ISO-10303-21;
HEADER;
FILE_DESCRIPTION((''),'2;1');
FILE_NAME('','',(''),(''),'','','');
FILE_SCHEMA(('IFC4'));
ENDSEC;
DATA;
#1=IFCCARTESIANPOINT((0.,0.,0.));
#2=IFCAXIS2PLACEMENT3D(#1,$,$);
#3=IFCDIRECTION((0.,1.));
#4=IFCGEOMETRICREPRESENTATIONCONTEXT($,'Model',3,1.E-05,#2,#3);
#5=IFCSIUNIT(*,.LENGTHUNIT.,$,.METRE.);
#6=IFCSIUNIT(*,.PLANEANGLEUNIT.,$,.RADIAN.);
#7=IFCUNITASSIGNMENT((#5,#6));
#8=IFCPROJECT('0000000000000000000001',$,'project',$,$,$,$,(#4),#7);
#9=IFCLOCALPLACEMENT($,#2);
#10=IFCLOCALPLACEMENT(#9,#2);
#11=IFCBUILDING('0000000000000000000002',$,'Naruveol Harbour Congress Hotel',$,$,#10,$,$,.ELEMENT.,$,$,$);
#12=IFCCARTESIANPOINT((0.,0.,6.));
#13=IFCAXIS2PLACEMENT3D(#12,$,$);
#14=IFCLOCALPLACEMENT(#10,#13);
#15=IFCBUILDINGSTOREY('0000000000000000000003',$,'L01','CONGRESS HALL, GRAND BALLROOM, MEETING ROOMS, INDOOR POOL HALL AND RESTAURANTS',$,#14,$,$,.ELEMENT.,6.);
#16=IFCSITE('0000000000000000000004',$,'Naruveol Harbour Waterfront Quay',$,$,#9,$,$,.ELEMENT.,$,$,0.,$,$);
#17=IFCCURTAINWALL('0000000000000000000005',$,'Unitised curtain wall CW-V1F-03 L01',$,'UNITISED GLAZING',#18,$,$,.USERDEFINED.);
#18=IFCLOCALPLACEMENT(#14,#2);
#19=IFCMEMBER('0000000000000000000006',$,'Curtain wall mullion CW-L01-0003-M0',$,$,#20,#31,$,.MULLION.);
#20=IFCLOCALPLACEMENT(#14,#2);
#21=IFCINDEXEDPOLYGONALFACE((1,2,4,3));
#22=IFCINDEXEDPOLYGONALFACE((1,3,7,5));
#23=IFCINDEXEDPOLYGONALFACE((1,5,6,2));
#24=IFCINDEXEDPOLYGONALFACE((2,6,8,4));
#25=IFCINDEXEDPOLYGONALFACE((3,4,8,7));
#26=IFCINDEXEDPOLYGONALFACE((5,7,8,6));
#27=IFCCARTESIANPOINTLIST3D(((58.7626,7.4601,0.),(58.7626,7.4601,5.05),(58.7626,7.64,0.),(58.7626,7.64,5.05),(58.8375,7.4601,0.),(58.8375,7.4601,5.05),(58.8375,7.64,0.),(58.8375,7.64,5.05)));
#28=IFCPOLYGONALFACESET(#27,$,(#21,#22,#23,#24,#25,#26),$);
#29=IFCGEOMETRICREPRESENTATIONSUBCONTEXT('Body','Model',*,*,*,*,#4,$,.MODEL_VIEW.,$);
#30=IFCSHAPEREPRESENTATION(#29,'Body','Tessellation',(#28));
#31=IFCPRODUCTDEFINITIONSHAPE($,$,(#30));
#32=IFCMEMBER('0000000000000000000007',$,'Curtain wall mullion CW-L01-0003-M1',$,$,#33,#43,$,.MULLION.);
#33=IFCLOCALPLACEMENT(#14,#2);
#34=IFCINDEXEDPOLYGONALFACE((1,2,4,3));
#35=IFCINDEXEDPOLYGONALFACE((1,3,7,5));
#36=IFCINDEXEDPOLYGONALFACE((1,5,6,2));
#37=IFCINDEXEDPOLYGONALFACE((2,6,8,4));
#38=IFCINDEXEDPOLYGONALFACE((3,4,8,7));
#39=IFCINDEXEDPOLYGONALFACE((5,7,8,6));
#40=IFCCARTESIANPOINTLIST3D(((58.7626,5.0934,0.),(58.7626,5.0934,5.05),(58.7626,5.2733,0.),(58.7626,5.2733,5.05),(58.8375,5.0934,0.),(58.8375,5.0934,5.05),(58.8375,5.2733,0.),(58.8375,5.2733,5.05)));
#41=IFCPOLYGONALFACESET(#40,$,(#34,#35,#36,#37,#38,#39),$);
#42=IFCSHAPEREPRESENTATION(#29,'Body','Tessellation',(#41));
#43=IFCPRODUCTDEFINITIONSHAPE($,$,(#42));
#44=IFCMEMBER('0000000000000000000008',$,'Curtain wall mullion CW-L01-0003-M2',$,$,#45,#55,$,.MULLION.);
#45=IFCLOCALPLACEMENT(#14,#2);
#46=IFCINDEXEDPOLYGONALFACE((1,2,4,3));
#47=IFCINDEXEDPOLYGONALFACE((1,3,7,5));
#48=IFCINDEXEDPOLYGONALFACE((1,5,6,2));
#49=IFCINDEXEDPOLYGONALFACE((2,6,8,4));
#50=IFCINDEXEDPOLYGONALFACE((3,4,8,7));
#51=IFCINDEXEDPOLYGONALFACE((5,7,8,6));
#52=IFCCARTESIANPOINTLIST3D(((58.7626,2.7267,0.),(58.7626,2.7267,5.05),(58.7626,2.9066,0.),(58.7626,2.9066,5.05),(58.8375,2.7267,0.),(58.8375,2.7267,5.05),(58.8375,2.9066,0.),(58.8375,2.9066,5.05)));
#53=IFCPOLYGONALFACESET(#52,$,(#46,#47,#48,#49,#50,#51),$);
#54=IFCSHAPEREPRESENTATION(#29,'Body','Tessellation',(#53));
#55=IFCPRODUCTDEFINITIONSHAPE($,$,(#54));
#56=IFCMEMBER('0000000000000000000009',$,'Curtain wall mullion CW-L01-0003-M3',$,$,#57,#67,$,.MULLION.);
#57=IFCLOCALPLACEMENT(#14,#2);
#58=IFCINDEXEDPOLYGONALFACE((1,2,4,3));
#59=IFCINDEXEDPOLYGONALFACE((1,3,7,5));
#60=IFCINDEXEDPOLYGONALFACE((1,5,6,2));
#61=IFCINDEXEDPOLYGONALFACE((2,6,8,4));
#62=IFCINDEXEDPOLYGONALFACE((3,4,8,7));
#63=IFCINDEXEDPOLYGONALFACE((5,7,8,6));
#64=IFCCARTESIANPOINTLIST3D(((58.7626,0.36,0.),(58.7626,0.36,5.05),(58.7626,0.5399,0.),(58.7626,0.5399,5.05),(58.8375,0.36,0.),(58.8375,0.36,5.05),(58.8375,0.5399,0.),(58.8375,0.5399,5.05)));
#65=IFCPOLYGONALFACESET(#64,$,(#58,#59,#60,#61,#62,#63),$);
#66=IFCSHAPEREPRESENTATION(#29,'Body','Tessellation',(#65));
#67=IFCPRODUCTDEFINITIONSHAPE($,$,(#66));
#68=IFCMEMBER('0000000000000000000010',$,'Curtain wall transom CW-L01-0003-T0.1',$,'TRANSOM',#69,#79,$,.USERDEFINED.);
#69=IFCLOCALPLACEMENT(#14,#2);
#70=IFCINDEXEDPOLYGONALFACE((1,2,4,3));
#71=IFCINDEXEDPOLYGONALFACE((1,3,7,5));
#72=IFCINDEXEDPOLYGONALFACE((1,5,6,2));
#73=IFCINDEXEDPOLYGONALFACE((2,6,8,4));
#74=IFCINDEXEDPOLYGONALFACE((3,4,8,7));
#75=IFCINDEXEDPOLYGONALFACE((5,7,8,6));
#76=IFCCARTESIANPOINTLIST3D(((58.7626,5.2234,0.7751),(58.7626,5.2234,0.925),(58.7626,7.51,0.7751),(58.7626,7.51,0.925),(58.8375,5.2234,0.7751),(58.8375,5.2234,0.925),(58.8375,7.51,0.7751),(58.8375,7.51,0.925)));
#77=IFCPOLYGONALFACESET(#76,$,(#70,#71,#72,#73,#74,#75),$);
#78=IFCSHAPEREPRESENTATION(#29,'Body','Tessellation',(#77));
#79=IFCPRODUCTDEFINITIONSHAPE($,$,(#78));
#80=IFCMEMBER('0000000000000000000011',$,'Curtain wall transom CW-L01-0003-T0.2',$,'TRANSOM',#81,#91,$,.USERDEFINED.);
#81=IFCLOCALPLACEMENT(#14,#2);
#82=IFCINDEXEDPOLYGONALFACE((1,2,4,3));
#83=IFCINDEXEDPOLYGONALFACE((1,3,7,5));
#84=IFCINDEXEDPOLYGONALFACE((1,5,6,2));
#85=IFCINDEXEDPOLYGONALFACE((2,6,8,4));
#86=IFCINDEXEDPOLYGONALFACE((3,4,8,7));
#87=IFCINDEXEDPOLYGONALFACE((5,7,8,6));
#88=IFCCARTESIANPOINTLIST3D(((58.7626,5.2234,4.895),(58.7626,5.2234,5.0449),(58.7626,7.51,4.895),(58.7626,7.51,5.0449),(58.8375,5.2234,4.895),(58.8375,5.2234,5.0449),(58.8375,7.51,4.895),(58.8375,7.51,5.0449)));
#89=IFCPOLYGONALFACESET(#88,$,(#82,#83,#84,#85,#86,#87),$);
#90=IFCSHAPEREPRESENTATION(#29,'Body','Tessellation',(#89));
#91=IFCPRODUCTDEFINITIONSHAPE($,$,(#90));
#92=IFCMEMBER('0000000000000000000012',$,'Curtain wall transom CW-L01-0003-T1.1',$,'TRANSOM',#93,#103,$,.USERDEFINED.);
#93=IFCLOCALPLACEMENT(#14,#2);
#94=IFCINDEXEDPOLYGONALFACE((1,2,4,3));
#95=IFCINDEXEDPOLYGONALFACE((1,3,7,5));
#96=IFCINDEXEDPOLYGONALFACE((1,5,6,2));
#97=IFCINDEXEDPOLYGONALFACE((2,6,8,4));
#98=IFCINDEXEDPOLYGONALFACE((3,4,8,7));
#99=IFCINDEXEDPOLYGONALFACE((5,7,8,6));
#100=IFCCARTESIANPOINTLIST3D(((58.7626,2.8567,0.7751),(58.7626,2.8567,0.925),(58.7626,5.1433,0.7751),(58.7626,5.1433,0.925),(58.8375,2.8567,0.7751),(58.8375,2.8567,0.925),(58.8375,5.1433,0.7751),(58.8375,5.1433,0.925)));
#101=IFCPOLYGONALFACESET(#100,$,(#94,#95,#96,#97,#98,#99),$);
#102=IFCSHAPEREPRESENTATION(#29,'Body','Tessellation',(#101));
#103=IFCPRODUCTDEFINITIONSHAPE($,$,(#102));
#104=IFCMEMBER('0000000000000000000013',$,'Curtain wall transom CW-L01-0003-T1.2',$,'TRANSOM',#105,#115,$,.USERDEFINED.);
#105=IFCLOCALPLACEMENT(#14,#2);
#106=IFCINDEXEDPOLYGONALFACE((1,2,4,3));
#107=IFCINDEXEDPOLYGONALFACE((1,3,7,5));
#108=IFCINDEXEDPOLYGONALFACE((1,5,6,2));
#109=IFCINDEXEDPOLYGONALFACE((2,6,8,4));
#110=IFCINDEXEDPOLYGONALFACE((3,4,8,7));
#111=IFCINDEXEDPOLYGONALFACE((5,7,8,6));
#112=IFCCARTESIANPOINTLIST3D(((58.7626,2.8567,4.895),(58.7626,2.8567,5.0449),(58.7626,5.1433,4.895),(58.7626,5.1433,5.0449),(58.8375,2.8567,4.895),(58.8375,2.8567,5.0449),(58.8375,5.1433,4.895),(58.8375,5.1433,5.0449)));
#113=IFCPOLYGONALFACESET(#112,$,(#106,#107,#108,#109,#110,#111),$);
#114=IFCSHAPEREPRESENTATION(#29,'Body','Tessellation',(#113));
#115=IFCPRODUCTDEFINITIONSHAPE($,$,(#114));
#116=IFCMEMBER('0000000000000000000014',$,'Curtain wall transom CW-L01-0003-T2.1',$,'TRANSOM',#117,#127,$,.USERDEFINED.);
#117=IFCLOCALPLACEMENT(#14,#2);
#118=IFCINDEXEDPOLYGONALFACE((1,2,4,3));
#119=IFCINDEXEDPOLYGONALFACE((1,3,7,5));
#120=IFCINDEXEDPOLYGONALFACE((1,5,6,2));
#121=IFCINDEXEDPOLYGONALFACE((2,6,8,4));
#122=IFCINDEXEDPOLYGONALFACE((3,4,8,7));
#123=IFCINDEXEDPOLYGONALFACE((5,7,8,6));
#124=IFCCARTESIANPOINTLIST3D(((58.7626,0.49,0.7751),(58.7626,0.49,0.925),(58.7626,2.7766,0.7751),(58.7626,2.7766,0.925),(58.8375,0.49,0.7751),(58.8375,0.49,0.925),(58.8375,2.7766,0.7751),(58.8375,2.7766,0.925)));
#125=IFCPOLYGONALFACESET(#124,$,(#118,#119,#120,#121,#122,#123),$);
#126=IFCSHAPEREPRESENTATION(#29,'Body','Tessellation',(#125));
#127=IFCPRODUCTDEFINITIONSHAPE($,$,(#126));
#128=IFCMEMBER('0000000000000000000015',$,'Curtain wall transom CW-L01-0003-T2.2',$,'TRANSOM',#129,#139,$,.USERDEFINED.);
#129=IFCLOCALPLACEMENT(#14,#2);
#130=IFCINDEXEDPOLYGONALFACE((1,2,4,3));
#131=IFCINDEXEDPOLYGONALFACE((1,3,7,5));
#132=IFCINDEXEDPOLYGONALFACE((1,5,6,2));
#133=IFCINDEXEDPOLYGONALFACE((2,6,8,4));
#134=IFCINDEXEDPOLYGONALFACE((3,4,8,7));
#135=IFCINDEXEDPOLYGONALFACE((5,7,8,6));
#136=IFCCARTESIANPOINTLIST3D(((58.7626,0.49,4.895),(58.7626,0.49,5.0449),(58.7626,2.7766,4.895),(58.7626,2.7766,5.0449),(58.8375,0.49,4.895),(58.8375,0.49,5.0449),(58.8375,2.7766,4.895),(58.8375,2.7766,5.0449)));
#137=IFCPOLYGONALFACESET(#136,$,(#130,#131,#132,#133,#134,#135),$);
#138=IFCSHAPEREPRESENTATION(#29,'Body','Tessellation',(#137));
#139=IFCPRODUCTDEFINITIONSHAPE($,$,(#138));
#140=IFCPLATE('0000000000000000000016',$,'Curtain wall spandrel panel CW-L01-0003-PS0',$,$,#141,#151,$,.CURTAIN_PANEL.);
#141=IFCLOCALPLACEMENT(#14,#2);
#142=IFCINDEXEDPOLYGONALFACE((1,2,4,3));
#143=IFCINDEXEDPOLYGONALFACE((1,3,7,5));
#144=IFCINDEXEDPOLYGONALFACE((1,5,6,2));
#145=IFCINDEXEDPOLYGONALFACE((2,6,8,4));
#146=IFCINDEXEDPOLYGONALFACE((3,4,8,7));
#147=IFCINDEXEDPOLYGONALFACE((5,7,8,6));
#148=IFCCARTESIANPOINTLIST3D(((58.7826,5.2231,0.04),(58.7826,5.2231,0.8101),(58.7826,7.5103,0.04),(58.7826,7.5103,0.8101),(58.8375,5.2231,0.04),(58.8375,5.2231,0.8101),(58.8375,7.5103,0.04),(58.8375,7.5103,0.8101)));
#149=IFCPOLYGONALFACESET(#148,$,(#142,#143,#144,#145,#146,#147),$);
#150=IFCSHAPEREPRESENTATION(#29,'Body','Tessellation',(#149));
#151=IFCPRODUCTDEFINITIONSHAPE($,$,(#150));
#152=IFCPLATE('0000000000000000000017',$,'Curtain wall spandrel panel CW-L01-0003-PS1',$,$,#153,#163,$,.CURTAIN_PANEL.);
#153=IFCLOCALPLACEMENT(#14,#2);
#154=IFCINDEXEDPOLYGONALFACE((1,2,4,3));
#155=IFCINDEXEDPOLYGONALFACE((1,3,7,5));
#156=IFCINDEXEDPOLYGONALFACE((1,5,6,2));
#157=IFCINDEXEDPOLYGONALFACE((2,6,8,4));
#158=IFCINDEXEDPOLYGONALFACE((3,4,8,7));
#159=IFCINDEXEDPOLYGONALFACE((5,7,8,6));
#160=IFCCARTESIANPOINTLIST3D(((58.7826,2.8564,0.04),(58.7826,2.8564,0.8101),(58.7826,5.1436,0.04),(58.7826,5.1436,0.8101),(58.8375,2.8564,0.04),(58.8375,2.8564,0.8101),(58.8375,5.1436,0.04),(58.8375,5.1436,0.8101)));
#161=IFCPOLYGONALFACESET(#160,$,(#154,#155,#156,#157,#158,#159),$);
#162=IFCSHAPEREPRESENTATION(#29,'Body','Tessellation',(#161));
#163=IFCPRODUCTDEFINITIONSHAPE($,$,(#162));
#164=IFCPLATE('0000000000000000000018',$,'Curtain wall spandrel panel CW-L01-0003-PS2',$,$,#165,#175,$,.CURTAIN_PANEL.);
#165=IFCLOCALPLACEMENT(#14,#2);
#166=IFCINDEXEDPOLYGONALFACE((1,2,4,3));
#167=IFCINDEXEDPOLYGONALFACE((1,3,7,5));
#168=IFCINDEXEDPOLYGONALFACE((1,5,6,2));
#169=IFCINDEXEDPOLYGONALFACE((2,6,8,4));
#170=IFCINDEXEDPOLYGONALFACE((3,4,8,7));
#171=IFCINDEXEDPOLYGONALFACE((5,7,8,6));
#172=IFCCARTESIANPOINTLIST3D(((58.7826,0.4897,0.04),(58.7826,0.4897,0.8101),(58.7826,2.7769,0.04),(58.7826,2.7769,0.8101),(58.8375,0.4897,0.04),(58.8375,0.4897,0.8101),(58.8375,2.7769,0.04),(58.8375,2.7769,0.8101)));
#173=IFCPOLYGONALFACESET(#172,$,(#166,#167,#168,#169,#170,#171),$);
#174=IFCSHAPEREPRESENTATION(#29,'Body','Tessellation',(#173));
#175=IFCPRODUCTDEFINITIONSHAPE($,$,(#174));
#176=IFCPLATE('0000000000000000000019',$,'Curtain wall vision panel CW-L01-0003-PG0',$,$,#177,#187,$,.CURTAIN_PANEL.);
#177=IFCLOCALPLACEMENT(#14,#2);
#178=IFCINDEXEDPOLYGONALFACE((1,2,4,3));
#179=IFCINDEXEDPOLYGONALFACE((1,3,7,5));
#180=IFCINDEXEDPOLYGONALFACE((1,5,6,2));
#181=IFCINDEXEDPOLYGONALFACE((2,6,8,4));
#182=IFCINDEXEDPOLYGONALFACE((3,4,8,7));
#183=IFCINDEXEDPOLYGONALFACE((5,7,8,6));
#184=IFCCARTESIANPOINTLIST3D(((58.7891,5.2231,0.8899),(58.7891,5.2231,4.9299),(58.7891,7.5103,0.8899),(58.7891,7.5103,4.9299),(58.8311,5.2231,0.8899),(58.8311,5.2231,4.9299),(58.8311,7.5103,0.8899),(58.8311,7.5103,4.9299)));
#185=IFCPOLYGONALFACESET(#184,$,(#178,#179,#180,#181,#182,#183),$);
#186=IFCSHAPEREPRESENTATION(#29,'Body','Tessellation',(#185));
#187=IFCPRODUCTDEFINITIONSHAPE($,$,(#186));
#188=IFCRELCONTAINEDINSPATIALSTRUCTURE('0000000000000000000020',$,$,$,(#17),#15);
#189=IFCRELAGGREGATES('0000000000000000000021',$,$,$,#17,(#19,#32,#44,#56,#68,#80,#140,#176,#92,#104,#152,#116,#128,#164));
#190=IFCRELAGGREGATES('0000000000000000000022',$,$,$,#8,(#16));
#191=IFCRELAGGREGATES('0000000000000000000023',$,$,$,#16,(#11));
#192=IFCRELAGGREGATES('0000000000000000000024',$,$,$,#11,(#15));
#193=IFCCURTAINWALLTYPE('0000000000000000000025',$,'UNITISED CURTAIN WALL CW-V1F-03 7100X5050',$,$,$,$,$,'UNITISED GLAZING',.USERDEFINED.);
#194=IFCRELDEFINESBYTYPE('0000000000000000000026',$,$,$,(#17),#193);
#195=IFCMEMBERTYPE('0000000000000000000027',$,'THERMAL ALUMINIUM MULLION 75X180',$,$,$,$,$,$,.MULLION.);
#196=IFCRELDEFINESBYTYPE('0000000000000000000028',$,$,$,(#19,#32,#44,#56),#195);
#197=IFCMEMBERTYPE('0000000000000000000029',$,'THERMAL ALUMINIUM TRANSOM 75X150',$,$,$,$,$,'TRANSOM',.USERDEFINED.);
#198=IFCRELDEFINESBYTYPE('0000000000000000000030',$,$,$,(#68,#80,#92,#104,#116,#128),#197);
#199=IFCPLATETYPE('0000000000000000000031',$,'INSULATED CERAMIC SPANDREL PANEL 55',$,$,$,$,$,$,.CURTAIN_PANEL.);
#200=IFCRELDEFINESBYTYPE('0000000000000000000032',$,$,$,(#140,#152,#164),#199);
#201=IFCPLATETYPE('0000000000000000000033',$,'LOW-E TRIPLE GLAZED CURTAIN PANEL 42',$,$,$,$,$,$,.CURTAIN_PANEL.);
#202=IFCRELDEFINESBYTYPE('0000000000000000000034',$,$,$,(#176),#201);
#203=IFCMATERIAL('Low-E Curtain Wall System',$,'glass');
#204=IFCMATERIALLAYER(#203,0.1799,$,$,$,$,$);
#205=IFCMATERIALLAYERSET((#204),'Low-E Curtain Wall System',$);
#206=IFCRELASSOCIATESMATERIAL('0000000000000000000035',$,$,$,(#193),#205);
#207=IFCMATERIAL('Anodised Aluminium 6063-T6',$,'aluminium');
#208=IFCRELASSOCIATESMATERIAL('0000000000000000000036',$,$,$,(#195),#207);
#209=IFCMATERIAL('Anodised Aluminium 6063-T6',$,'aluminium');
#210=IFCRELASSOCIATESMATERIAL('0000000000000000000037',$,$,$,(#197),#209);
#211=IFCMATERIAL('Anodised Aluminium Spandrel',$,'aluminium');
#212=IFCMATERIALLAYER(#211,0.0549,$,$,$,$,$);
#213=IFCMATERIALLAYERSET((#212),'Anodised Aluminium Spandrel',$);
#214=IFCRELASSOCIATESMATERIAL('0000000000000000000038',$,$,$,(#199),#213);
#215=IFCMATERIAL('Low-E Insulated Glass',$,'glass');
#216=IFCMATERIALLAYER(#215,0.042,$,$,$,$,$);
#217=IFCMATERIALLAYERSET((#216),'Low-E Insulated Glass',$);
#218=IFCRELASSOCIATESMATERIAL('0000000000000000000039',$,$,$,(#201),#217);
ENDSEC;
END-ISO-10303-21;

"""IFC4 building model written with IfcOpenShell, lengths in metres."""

from ifc_helpers import new_model, si_unit, direction, frame, origin, origin_2d, place, context, subcontext, project, spatial, rectangle, extrude, material, layer, layer_set, material_profile, profile_set, type_object, element, aggregate, save


model = new_model("IFC4")

# Units and contexts
model_context = context("Model", 3, precision=1e-05, world=origin(), true_north=direction((0.0, 1.0)))
body_context = subcontext(model_context, "Body", "Model", "MODEL_VIEW")
ifc_project = project(units=[si_unit("LENGTHUNIT", "METRE"), si_unit("PLANEANGLEUNIT", "RADIAN")], contexts=[model_context])

# Site, building, storey
site_placement = place(None, origin())
site = spatial("IfcSite", under=ifc_project, at=site_placement, Name="Naruveol Harbour Waterfront Quay", CompositionType="ELEMENT", RefElevation=0.0)
building_placement = place(site_placement, origin())
building = spatial("IfcBuilding", under=site, at=building_placement, Name="Naruveol Harbour Congress Hotel", CompositionType="ELEMENT")
storey_placement = place(building_placement, frame((0.0, 0.0, 6.0)))
storey = spatial("IfcBuildingStorey", under=building, at=storey_placement, Name="L01", Description="CONGRESS HALL, GRAND BALLROOM, MEETING ROOMS, INDOOR POOL HALL AND RESTAURANTS", CompositionType="ELEMENT", Elevation=6.0)

# Curtain wall, members, plates
ifc_material_1 = material(Name="Low-E Curtain Wall System", Category="glass")
ifc_layer_1 = layer(ifc_material_1, 0.1799)
ifc_layer_set_1 = layer_set([ifc_layer_1], Name="Low-E Curtain Wall System")
curtain_wall_type = type_object("IfcCurtainWallType", Name="UNITISED CURTAIN WALL CW-V1F-03 7100X5050", ElementType="UNITISED GLAZING", PredefinedType="USERDEFINED", material=ifc_layer_set_1)
curtain_wall_placement = place(storey_placement, origin())
curtain_wall = element("IfcCurtainWall", 1, at=curtain_wall_placement, inside=storey, type_object=curtain_wall_type, Name="Unitised curtain wall CW-V1F-03 L01", ObjectType="UNITISED GLAZING", PredefinedType="USERDEFINED")
ifc_material_2 = material(Name="Anodised Aluminium 6063-T6", Category="aluminium")
ifc_material_profile_1 = material_profile(ifc_material_2, rectangle(XDim=0.075, YDim=0.1799, at=origin_2d()), Name="ALU-75x180")
ifc_profile_set_1 = profile_set([ifc_material_profile_1], Name="Anodised Aluminium 6063-T6")
member_type_1 = type_object("IfcMemberType", Name="THERMAL ALUMINIUM MULLION 75X180", PredefinedType="MULLION", material=ifc_profile_set_1)
member_1_placement = place(storey_placement, frame((58.8, 7.55, 0.0), z_axis=(0.0, 0.0, 1.0), x_axis=(1.0, 0.0, 0.0)))
member_1 = element("IfcMember", 2, at=member_1_placement, type_object=member_type_1, Name="Curtain wall mullion CW-L01-0003-M0", PredefinedType="MULLION", context=body_context, shape_type="SweptSolid", body=[
    extrude(rectangle(XDim=0.075, YDim=0.1799, at=origin_2d()), origin(), (0.0, 0.0, 1.0), 5.05),
])
member_2_placement = place(storey_placement, frame((58.8, 5.1833, 0.0), z_axis=(0.0, 0.0, 1.0), x_axis=(1.0, 0.0, 0.0)))
member_2 = element("IfcMember", 3, at=member_2_placement, type_object=member_type_1, Name="Curtain wall mullion CW-L01-0003-M1", PredefinedType="MULLION", context=body_context, shape_type="SweptSolid", body=[
    extrude(rectangle(XDim=0.075, YDim=0.1799, at=origin_2d()), origin(), (0.0, 0.0, 1.0), 5.05),
])
member_3_placement = place(storey_placement, frame((58.8, 2.8167, 0.0), z_axis=(0.0, 0.0, 1.0), x_axis=(1.0, 0.0, 0.0)))
member_3 = element("IfcMember", 4, at=member_3_placement, type_object=member_type_1, Name="Curtain wall mullion CW-L01-0003-M2", PredefinedType="MULLION", context=body_context, shape_type="SweptSolid", body=[
    extrude(rectangle(XDim=0.075, YDim=0.1799, at=origin_2d()), origin(), (0.0, 0.0, 1.0), 5.05),
])
member_4_placement = place(storey_placement, frame((58.8, 0.45, 0.0), z_axis=(0.0, 0.0, 1.0), x_axis=(1.0, 0.0, 0.0)))
member_4 = element("IfcMember", 5, at=member_4_placement, type_object=member_type_1, Name="Curtain wall mullion CW-L01-0003-M3", PredefinedType="MULLION", context=body_context, shape_type="SweptSolid", body=[
    extrude(rectangle(XDim=0.075, YDim=0.1799, at=origin_2d()), origin(), (0.0, 0.0, 1.0), 5.05),
])
ifc_material_3 = material(Name="Anodised Aluminium 6063-T6", Category="aluminium")
ifc_material_profile_2 = material_profile(ifc_material_3, rectangle(XDim=0.075, YDim=0.1499, at=origin_2d()), Name="ALU-75x150")
ifc_profile_set_2 = profile_set([ifc_material_profile_2], Name="Anodised Aluminium 6063-T6")
member_type_2 = type_object("IfcMemberType", Name="THERMAL ALUMINIUM TRANSOM 75X150", ElementType="TRANSOM", PredefinedType="USERDEFINED", material=ifc_profile_set_2)
member_5_placement = place(storey_placement, frame((58.8, 7.51, 0.8501), z_axis=(0.0, -1.0, 0.0), x_axis=(1.0, 0.0, 0.0)))
member_5 = element("IfcMember", 6, at=member_5_placement, type_object=member_type_2, Name="Curtain wall transom CW-L01-0003-T0.1", ObjectType="TRANSOM", PredefinedType="USERDEFINED", context=body_context, shape_type="SweptSolid", body=[
    extrude(rectangle(XDim=0.075, YDim=0.1499, at=origin_2d()), origin(), (0.0, 0.0, 1.0), 2.2866),
])
member_6_placement = place(storey_placement, frame((58.8, 7.51, 4.97), z_axis=(0.0, -1.0, 0.0), x_axis=(1.0, 0.0, 0.0)))
member_6 = element("IfcMember", 7, at=member_6_placement, type_object=member_type_2, Name="Curtain wall transom CW-L01-0003-T0.2", ObjectType="TRANSOM", PredefinedType="USERDEFINED", context=body_context, shape_type="SweptSolid", body=[
    extrude(rectangle(XDim=0.075, YDim=0.1499, at=origin_2d()), origin(), (0.0, 0.0, 1.0), 2.2866),
])
member_7_placement = place(storey_placement, frame((58.8, 5.1433, 0.8501), z_axis=(0.0, -1.0, 0.0), x_axis=(1.0, 0.0, 0.0)))
member_7 = element("IfcMember", 8, at=member_7_placement, type_object=member_type_2, Name="Curtain wall transom CW-L01-0003-T1.1", ObjectType="TRANSOM", PredefinedType="USERDEFINED", context=body_context, shape_type="SweptSolid", body=[
    extrude(rectangle(XDim=0.075, YDim=0.1499, at=origin_2d()), origin(), (0.0, 0.0, 1.0), 2.2866),
])
member_8_placement = place(storey_placement, frame((58.8, 5.1433, 4.97), z_axis=(0.0, -1.0, 0.0), x_axis=(1.0, 0.0, 0.0)))
member_8 = element("IfcMember", 9, at=member_8_placement, type_object=member_type_2, Name="Curtain wall transom CW-L01-0003-T1.2", ObjectType="TRANSOM", PredefinedType="USERDEFINED", context=body_context, shape_type="SweptSolid", body=[
    extrude(rectangle(XDim=0.075, YDim=0.1499, at=origin_2d()), origin(), (0.0, 0.0, 1.0), 2.2866),
])
member_9_placement = place(storey_placement, frame((58.8, 2.7766, 0.8501), z_axis=(0.0, -1.0, 0.0), x_axis=(1.0, 0.0, 0.0)))
member_9 = element("IfcMember", 10, at=member_9_placement, type_object=member_type_2, Name="Curtain wall transom CW-L01-0003-T2.1", ObjectType="TRANSOM", PredefinedType="USERDEFINED", context=body_context, shape_type="SweptSolid", body=[
    extrude(rectangle(XDim=0.075, YDim=0.1499, at=origin_2d()), origin(), (0.0, 0.0, 1.0), 2.2866),
])
member_10_placement = place(storey_placement, frame((58.8, 2.7766, 4.97), z_axis=(0.0, -1.0, 0.0), x_axis=(1.0, 0.0, 0.0)))
member_10 = element("IfcMember", 11, at=member_10_placement, type_object=member_type_2, Name="Curtain wall transom CW-L01-0003-T2.2", ObjectType="TRANSOM", PredefinedType="USERDEFINED", context=body_context, shape_type="SweptSolid", body=[
    extrude(rectangle(XDim=0.075, YDim=0.1499, at=origin_2d()), origin(), (0.0, 0.0, 1.0), 2.2866),
])
ifc_material_4 = material(Name="Anodised Aluminium Spandrel", Category="aluminium")
ifc_layer_2 = layer(ifc_material_4, 0.0549)
ifc_layer_set_2 = layer_set([ifc_layer_2], Name="Anodised Aluminium Spandrel")
plate_type_1 = type_object("IfcPlateType", Name="INSULATED CERAMIC SPANDREL PANEL 55", PredefinedType="CURTAIN_PANEL", material=ifc_layer_set_2)
plate_1_placement = place(storey_placement, frame((58.8101, 6.3667, 0.04), z_axis=(0.0, 0.0, 1.0), x_axis=(0.0, -1.0, 0.0)))
plate_1 = element("IfcPlate", 12, at=plate_1_placement, type_object=plate_type_1, Name="Curtain wall spandrel panel CW-L01-0003-PS0", PredefinedType="CURTAIN_PANEL", context=body_context, shape_type="SweptSolid", body=[
    extrude(rectangle(XDim=2.2871, YDim=0.0549, at=origin_2d()), origin(), (0.0, 0.0, 1.0), 0.77),
])
plate_2_placement = place(storey_placement, frame((58.8101, 4.0, 0.04), z_axis=(0.0, 0.0, 1.0), x_axis=(0.0, -1.0, 0.0)))
plate_2 = element("IfcPlate", 13, at=plate_2_placement, type_object=plate_type_1, Name="Curtain wall spandrel panel CW-L01-0003-PS1", PredefinedType="CURTAIN_PANEL", context=body_context, shape_type="SweptSolid", body=[
    extrude(rectangle(XDim=2.2871, YDim=0.0549, at=origin_2d()), origin(), (0.0, 0.0, 1.0), 0.77),
])
plate_3_placement = place(storey_placement, frame((58.8101, 1.6333, 0.04), z_axis=(0.0, 0.0, 1.0), x_axis=(0.0, -1.0, 0.0)))
plate_3 = element("IfcPlate", 14, at=plate_3_placement, type_object=plate_type_1, Name="Curtain wall spandrel panel CW-L01-0003-PS2", PredefinedType="CURTAIN_PANEL", context=body_context, shape_type="SweptSolid", body=[
    extrude(rectangle(XDim=2.2871, YDim=0.0549, at=origin_2d()), origin(), (0.0, 0.0, 1.0), 0.77),
])
ifc_material_5 = material(Name="Low-E Insulated Glass", Category="glass")
ifc_layer_3 = layer(ifc_material_5, 0.042)
ifc_layer_set_3 = layer_set([ifc_layer_3], Name="Low-E Insulated Glass")
plate_type_2 = type_object("IfcPlateType", Name="LOW-E TRIPLE GLAZED CURTAIN PANEL 42", PredefinedType="CURTAIN_PANEL", material=ifc_layer_set_3)
plate_4_placement = place(storey_placement, frame((58.8101, 6.3667, 0.8899), z_axis=(0.0, 0.0, 1.0), x_axis=(0.0, -1.0, 0.0)))
plate_4 = element("IfcPlate", 15, at=plate_4_placement, type_object=plate_type_2, Name="Curtain wall vision panel CW-L01-0003-PG0", PredefinedType="CURTAIN_PANEL", context=body_context, shape_type="SweptSolid", body=[
    extrude(rectangle(XDim=2.2871, YDim=0.042, at=origin_2d()), origin(), (0.0, 0.0, 1.0), 4.04),
])
aggregate(curtain_wall, [member_1, member_2, member_3, member_4, member_5, member_6, plate_1, plate_4, member_7, member_8, plate_2, member_9, member_10, plate_3])

save(model, "model.ifc")
